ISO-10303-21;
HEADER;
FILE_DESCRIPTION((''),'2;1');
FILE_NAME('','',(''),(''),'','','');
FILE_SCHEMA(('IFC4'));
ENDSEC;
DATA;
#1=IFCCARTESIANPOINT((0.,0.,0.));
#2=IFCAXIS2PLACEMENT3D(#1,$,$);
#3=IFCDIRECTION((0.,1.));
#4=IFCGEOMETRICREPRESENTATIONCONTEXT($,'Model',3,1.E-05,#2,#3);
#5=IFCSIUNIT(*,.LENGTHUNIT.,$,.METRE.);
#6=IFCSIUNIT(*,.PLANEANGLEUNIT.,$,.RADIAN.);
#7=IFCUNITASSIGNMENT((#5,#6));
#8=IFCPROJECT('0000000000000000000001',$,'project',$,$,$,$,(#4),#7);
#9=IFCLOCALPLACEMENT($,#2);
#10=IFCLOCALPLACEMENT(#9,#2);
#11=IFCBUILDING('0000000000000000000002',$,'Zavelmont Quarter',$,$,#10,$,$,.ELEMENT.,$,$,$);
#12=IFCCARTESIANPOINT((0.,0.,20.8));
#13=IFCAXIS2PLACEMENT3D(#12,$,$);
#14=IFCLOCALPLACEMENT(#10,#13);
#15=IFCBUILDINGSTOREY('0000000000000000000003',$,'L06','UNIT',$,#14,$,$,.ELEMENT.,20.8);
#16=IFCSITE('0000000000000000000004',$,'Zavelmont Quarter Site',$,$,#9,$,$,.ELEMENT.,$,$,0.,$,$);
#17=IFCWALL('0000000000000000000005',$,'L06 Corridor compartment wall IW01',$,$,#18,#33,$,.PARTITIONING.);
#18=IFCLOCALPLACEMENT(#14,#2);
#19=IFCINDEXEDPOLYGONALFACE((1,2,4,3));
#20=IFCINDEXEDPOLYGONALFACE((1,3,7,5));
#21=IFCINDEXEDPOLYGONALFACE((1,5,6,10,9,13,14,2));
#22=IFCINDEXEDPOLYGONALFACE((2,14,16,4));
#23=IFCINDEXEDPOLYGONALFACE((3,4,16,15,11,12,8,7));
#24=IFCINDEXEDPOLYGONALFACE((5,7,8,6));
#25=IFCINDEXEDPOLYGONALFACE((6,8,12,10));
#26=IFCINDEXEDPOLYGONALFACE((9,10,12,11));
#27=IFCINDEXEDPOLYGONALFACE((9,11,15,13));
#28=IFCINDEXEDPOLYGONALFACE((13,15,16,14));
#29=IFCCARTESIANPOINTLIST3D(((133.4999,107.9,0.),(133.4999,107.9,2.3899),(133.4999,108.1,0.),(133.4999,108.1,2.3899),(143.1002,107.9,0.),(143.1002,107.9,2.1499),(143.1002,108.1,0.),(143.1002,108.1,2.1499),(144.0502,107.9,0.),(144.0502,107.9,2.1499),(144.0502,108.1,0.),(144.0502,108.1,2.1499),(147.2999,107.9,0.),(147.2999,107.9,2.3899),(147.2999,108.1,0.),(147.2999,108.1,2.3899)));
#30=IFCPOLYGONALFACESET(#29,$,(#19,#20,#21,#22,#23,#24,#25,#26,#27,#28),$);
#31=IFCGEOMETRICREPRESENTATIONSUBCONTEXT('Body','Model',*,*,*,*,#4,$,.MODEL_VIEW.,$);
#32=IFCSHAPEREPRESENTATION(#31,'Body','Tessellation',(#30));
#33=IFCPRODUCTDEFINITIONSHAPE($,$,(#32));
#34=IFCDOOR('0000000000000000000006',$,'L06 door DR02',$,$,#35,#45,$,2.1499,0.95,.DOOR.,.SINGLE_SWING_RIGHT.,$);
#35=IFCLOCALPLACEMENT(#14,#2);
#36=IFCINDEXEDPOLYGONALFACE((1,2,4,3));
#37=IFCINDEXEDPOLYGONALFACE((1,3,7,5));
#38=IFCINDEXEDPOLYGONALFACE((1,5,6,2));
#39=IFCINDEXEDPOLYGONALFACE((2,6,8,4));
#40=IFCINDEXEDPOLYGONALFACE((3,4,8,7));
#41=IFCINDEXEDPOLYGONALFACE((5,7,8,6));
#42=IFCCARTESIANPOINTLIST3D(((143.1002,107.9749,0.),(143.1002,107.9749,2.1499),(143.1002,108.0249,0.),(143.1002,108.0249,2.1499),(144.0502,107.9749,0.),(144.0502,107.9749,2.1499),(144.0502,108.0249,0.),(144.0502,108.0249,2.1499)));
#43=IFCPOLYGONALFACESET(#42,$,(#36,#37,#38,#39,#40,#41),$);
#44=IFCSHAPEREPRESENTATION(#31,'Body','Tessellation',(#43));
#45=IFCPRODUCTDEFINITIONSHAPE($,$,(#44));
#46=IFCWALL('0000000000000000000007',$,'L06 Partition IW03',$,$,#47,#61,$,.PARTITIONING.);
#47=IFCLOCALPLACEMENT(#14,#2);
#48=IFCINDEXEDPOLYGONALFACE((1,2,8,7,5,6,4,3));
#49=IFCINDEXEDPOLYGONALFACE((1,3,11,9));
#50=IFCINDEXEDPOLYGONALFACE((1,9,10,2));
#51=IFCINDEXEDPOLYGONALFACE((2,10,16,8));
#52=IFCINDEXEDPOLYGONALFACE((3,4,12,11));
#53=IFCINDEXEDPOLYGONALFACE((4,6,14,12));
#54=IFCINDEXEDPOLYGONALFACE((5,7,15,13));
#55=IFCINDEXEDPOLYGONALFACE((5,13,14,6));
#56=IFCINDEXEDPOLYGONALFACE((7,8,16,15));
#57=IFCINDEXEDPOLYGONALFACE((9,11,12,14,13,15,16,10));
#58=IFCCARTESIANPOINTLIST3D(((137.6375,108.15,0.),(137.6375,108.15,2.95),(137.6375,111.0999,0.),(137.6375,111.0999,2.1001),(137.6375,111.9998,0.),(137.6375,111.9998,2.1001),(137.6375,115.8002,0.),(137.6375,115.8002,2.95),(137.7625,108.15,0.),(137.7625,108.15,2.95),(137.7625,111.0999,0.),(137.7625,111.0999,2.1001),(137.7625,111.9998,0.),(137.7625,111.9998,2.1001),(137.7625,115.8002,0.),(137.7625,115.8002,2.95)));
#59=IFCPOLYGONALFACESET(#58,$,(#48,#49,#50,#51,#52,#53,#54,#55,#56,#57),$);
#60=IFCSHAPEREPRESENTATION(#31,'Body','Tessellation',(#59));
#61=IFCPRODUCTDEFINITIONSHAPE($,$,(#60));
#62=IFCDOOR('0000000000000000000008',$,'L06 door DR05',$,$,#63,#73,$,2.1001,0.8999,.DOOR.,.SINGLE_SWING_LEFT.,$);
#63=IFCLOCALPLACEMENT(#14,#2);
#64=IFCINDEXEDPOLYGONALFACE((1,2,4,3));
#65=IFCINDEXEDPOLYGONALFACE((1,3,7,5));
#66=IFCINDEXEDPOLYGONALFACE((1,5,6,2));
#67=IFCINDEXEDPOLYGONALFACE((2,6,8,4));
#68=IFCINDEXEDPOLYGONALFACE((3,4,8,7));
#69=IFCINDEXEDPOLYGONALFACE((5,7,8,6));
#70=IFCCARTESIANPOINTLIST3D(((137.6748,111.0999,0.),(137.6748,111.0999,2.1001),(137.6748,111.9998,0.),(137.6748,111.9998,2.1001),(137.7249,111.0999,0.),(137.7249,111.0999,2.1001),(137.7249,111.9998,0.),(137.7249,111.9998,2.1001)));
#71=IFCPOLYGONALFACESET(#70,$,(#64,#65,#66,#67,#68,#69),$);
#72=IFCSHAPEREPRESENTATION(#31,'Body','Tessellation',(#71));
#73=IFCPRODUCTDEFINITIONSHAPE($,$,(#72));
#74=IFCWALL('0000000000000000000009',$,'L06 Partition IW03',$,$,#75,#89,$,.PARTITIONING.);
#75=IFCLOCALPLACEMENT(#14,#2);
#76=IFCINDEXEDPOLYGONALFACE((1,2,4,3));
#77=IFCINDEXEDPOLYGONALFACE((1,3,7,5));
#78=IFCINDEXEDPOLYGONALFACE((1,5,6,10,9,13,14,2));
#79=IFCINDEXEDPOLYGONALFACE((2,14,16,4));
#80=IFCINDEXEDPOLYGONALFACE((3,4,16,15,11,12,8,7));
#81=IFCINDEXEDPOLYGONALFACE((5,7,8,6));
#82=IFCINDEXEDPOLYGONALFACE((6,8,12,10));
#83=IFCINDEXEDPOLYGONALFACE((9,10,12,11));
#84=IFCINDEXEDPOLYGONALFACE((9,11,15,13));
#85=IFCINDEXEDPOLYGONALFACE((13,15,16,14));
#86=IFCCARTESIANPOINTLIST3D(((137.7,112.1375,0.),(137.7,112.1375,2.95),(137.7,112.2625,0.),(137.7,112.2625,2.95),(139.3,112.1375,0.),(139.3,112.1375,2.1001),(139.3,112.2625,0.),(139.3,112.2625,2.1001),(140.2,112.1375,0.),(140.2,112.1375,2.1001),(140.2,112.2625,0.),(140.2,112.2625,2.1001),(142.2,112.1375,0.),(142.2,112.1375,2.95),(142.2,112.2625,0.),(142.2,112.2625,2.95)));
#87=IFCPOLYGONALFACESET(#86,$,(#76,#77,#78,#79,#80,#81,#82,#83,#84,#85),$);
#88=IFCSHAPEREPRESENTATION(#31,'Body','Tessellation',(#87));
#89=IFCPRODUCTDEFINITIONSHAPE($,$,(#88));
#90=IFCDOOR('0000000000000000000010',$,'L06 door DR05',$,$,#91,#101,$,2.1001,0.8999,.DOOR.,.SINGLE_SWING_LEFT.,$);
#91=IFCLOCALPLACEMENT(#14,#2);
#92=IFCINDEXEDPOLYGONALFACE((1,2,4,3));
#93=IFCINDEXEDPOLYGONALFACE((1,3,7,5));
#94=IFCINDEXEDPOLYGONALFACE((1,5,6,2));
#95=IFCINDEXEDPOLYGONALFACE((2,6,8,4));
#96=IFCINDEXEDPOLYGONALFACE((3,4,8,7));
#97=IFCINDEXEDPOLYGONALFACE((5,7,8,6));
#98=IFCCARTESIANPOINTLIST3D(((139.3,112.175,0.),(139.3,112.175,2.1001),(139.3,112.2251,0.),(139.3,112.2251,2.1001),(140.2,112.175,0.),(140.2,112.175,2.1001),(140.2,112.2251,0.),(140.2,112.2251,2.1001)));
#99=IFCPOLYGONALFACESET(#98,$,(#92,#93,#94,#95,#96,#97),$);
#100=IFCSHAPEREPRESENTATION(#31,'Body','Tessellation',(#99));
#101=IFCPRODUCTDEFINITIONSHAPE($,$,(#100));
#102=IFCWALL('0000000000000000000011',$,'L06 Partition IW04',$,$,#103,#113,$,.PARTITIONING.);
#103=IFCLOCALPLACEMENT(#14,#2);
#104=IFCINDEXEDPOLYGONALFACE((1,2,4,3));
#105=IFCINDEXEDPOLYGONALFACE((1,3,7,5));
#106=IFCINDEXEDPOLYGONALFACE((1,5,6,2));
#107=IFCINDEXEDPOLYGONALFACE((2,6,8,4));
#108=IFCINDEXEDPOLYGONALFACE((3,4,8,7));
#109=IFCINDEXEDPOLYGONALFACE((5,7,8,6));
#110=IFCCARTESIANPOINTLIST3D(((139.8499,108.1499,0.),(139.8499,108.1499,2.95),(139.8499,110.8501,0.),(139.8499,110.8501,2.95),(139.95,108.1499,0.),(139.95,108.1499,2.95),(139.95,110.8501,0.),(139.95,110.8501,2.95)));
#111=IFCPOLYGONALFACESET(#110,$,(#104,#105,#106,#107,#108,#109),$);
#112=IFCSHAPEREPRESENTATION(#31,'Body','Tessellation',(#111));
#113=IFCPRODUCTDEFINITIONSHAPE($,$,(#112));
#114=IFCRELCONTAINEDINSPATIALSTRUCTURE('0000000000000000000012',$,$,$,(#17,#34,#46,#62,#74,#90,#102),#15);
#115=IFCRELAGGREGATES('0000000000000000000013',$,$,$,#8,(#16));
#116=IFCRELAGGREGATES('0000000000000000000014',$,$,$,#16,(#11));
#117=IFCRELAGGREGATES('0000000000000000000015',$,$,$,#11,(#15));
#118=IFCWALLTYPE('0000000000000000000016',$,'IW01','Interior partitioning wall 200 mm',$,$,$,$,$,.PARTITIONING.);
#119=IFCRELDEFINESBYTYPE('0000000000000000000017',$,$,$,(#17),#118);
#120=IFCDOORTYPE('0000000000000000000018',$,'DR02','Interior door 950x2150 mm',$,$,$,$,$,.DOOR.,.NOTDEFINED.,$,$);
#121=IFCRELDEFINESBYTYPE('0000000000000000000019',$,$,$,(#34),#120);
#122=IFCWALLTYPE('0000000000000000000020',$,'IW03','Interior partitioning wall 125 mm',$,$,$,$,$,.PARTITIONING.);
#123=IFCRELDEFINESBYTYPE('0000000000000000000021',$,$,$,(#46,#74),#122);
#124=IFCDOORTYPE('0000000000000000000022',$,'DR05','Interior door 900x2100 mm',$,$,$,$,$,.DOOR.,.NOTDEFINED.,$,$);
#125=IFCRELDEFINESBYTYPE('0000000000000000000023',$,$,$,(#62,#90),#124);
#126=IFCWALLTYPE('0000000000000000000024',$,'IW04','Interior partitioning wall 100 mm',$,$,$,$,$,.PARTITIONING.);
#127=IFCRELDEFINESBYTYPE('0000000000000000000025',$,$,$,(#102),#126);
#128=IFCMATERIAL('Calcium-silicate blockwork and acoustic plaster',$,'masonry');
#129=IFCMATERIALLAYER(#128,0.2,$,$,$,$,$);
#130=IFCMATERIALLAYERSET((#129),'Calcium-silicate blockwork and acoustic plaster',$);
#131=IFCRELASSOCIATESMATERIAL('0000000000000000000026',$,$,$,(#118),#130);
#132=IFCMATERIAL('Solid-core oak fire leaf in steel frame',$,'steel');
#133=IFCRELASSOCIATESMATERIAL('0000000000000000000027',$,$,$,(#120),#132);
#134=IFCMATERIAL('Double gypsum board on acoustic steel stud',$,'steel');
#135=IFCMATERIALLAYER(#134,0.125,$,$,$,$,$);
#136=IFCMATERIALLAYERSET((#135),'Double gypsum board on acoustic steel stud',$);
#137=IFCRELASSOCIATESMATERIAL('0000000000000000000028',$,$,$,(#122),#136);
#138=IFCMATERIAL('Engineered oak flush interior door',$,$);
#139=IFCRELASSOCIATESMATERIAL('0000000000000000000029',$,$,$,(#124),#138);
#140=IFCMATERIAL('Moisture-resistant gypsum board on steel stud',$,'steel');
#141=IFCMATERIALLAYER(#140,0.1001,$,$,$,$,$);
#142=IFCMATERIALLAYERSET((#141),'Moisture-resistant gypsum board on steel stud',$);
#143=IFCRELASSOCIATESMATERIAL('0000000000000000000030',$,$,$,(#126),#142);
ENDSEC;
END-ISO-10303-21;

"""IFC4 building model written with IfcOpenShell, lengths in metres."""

from ifc_helpers import new_model, si_unit, direction, frame, frame_2d, origin, origin_with_axes, place, context, subcontext, project, spatial, rectangle, extrude, material, layer, layer_set, type_object, element, fill, save


model = new_model("IFC4")

# Units and contexts
model_context = context("Model", 3, precision=1e-05, world=origin(), true_north=direction((0.0, 1.0)))
body_context = subcontext(model_context, "Body", "Model", "MODEL_VIEW")
ifc_project = project(units=[si_unit("LENGTHUNIT", "METRE"), si_unit("PLANEANGLEUNIT", "RADIAN")], contexts=[model_context])

# Site, building, storey
site_placement = place(None, origin())
site = spatial("IfcSite", under=ifc_project, at=site_placement, Name="Zavelmont Quarter Site", CompositionType="ELEMENT", RefElevation=0.0)
building_placement = place(site_placement, origin())
building = spatial("IfcBuilding", under=site, at=building_placement, Name="Zavelmont Quarter", CompositionType="ELEMENT")
storey_placement = place(building_placement, frame((0.0, 0.0, 20.8)))
storey = spatial("IfcBuildingStorey", under=building, at=storey_placement, Name="L06", Description="UNIT", CompositionType="ELEMENT", Elevation=20.8)

# Shared definitions
ifc_material_1 = material(Name="Calcium-silicate blockwork and acoustic plaster", Category="masonry")
ifc_layer_1 = layer(ifc_material_1, 0.2)
ifc_layer_set_1 = layer_set([ifc_layer_1], Name="Calcium-silicate blockwork and acoustic plaster")
wall_type_1 = type_object("IfcWallType", Name="IW01", Description="Interior partitioning wall 200 mm", PredefinedType="PARTITIONING", material=ifc_layer_set_1)

# Walls, openings, doors
wall_1_placement = place(storey_placement, frame((133.5, 108.0, 0.0), z_axis=(0.0, 0.0, 1.0), x_axis=(1.0, 0.0, 0.0)))
wall_1 = element("IfcWall", 1, at=wall_1_placement, inside=storey, type_object=wall_type_1, Name="L06 Corridor compartment wall IW01", PredefinedType="PARTITIONING", context=body_context, shape_type="SweptSolid", body=[
    extrude(rectangle(XDim=13.8, YDim=0.2, at=frame_2d((6.8999, 0.0))), origin(), (0.0, 0.0, 1.0), 2.3899),
])
opening_1_placement = place(wall_1_placement, frame((9.6001, 0.0, 0.0)))
opening_1 = element("IfcOpeningElement", 2, at=opening_1_placement, cuts=wall_1, PredefinedType="OPENING", context=body_context, shape_type="SweptSolid", body=[
    extrude(rectangle(XDim=0.95, YDim=2.1499, at=frame_2d((0.4751, 1.075))), frame((0.0, 0.1118, 0.0), z_axis=(0.0, -1.0, 0.0), x_axis=(1.0, 0.0, 0.0)), (0.0, 0.0, 1.0), 0.2239),
])
ifc_material_2 = material(Name="Solid-core oak fire leaf in steel frame", Category="steel")
door_type_1 = type_object("IfcDoorType", Name="DR02", Description="Interior door 950x2150 mm", OperationType="NOTDEFINED", PredefinedType="DOOR", material=ifc_material_2)
door_1_placement = place(opening_1_placement, origin_with_axes())
door_1 = element("IfcDoor", 3, at=door_1_placement, inside=storey, type_object=door_type_1, Name="L06 door DR02", OperationType="SINGLE_SWING_RIGHT", OverallHeight=2.1499, OverallWidth=0.95, PredefinedType="DOOR", context=body_context, shape_type="SweptSolid", body=[
    extrude(rectangle(XDim=0.95, YDim=2.1499, at=frame_2d((0.4751, 1.075))), frame((0.0, 0.0249, 0.0), z_axis=(0.0, -1.0, 0.0), x_axis=(1.0, 0.0, 0.0)), (0.0, 0.0, 1.0), 0.05),
])
fill(opening_1, door_1)
ifc_material_3 = material(Name="Double gypsum board on acoustic steel stud", Category="steel")
ifc_layer_2 = layer(ifc_material_3, 0.125)
ifc_layer_set_2 = layer_set([ifc_layer_2], Name="Double gypsum board on acoustic steel stud")
wall_type_2 = type_object("IfcWallType", Name="IW03", Description="Interior partitioning wall 125 mm", PredefinedType="PARTITIONING", material=ifc_layer_set_2)
wall_2_placement = place(storey_placement, frame((137.7, 108.1499, 0.0), z_axis=(0.0, 0.0, 1.0), x_axis=(0.0, 1.0, 0.0)))
wall_2 = element("IfcWall", 4, at=wall_2_placement, inside=storey, type_object=wall_type_2, Name="L06 Partition IW03", PredefinedType="PARTITIONING", context=body_context, shape_type="SweptSolid", body=[
    extrude(rectangle(XDim=7.6501, YDim=0.125, at=frame_2d((3.8252, 0.0))), origin(), (0.0, 0.0, 1.0), 2.95),
])
opening_2_placement = place(wall_2_placement, frame((2.95, 0.0, 0.0)))
opening_2 = element("IfcOpeningElement", 5, at=opening_2_placement, cuts=wall_2, PredefinedType="OPENING", context=body_context, shape_type="SweptSolid", body=[
    extrude(rectangle(XDim=0.8999, YDim=2.1001, at=frame_2d((0.45, 1.05))), frame((0.0, 0.0745, 0.0), z_axis=(0.0, -1.0, 0.0), x_axis=(1.0, 0.0, 0.0)), (0.0, 0.0, 1.0), 0.1489),
])
ifc_material_4 = material(Name="Engineered oak flush interior door")
door_type_2 = type_object("IfcDoorType", Name="DR05", Description="Interior door 900x2100 mm", OperationType="NOTDEFINED", PredefinedType="DOOR", material=ifc_material_4)
door_2_placement = place(opening_2_placement, frame((0.8999, 0.0, 0.0), z_axis=(0.0, 0.0, 1.0), x_axis=(-1.0, 0.0, 0.0)))
door_2 = element("IfcDoor", 6, at=door_2_placement, inside=storey, type_object=door_type_2, Name="L06 door DR05", OperationType="SINGLE_SWING_LEFT", OverallHeight=2.1001, OverallWidth=0.8999, PredefinedType="DOOR", context=body_context, shape_type="SweptSolid", body=[
    extrude(rectangle(XDim=0.8999, YDim=2.1001, at=frame_2d((0.45, 1.05))), frame((0.0, 0.0249, 0.0), z_axis=(0.0, -1.0, 0.0), x_axis=(1.0, 0.0, 0.0)), (0.0, 0.0, 1.0), 0.05),
])
fill(opening_2, door_2)
wall_3_placement = place(storey_placement, frame((137.7, 112.2, 0.0), z_axis=(0.0, 0.0, 1.0), x_axis=(1.0, 0.0, 0.0)))
wall_3 = element("IfcWall", 7, at=wall_3_placement, inside=storey, type_object=wall_type_2, Name="L06 Partition IW03", PredefinedType="PARTITIONING", context=body_context, shape_type="SweptSolid", body=[
    extrude(rectangle(XDim=4.5, YDim=0.125, at=frame_2d((2.25, 0.0))), origin(), (0.0, 0.0, 1.0), 2.95),
])
opening_3_placement = place(wall_3_placement, frame((1.6001, 0.0, 0.0)))
opening_3 = element("IfcOpeningElement", 8, at=opening_3_placement, cuts=wall_3, PredefinedType="OPENING", context=body_context, shape_type="SweptSolid", body=[
    extrude(rectangle(XDim=0.8999, YDim=2.1001, at=frame_2d((0.45, 1.05))), frame((0.0, 0.0745, 0.0), z_axis=(0.0, -1.0, 0.0), x_axis=(1.0, 0.0, 0.0)), (0.0, 0.0, 1.0), 0.1489),
])
door_3_placement = place(opening_3_placement, frame((0.8999, 0.0, 0.0), z_axis=(0.0, 0.0, 1.0), x_axis=(-1.0, 0.0, 0.0)))
door_3 = element("IfcDoor", 9, at=door_3_placement, inside=storey, type_object=door_type_2, Name="L06 door DR05", OperationType="SINGLE_SWING_LEFT", OverallHeight=2.1001, OverallWidth=0.8999, PredefinedType="DOOR", context=body_context, shape_type="SweptSolid", body=[
    extrude(rectangle(XDim=0.8999, YDim=2.1001, at=frame_2d((0.45, 1.05))), frame((0.0, 0.0249, 0.0), z_axis=(0.0, -1.0, 0.0), x_axis=(1.0, 0.0, 0.0)), (0.0, 0.0, 1.0), 0.05),
])
fill(opening_3, door_3)

# Wall
ifc_material_5 = material(Name="Moisture-resistant gypsum board on steel stud", Category="steel")
ifc_layer_3 = layer(ifc_material_5, 0.1001)
ifc_layer_set_3 = layer_set([ifc_layer_3], Name="Moisture-resistant gypsum board on steel stud")
wall_type_3 = type_object("IfcWallType", Name="IW04", Description="Interior partitioning wall 100 mm", PredefinedType="PARTITIONING", material=ifc_layer_set_3)
wall_4_placement = place(storey_placement, frame((139.8999, 108.1499, 0.0), z_axis=(0.0, 0.0, 1.0), x_axis=(0.0, 1.0, 0.0)))
element("IfcWall", 10, at=wall_4_placement, inside=storey, type_object=wall_type_3, Name="L06 Partition IW04", PredefinedType="PARTITIONING", context=body_context, shape_type="SweptSolid", body=[
    extrude(rectangle(XDim=2.7002, YDim=0.1001, at=frame_2d((1.3501, 0.0))), origin(), (0.0, 0.0, 1.0), 2.95),
])

save(model, "model.ifc")
